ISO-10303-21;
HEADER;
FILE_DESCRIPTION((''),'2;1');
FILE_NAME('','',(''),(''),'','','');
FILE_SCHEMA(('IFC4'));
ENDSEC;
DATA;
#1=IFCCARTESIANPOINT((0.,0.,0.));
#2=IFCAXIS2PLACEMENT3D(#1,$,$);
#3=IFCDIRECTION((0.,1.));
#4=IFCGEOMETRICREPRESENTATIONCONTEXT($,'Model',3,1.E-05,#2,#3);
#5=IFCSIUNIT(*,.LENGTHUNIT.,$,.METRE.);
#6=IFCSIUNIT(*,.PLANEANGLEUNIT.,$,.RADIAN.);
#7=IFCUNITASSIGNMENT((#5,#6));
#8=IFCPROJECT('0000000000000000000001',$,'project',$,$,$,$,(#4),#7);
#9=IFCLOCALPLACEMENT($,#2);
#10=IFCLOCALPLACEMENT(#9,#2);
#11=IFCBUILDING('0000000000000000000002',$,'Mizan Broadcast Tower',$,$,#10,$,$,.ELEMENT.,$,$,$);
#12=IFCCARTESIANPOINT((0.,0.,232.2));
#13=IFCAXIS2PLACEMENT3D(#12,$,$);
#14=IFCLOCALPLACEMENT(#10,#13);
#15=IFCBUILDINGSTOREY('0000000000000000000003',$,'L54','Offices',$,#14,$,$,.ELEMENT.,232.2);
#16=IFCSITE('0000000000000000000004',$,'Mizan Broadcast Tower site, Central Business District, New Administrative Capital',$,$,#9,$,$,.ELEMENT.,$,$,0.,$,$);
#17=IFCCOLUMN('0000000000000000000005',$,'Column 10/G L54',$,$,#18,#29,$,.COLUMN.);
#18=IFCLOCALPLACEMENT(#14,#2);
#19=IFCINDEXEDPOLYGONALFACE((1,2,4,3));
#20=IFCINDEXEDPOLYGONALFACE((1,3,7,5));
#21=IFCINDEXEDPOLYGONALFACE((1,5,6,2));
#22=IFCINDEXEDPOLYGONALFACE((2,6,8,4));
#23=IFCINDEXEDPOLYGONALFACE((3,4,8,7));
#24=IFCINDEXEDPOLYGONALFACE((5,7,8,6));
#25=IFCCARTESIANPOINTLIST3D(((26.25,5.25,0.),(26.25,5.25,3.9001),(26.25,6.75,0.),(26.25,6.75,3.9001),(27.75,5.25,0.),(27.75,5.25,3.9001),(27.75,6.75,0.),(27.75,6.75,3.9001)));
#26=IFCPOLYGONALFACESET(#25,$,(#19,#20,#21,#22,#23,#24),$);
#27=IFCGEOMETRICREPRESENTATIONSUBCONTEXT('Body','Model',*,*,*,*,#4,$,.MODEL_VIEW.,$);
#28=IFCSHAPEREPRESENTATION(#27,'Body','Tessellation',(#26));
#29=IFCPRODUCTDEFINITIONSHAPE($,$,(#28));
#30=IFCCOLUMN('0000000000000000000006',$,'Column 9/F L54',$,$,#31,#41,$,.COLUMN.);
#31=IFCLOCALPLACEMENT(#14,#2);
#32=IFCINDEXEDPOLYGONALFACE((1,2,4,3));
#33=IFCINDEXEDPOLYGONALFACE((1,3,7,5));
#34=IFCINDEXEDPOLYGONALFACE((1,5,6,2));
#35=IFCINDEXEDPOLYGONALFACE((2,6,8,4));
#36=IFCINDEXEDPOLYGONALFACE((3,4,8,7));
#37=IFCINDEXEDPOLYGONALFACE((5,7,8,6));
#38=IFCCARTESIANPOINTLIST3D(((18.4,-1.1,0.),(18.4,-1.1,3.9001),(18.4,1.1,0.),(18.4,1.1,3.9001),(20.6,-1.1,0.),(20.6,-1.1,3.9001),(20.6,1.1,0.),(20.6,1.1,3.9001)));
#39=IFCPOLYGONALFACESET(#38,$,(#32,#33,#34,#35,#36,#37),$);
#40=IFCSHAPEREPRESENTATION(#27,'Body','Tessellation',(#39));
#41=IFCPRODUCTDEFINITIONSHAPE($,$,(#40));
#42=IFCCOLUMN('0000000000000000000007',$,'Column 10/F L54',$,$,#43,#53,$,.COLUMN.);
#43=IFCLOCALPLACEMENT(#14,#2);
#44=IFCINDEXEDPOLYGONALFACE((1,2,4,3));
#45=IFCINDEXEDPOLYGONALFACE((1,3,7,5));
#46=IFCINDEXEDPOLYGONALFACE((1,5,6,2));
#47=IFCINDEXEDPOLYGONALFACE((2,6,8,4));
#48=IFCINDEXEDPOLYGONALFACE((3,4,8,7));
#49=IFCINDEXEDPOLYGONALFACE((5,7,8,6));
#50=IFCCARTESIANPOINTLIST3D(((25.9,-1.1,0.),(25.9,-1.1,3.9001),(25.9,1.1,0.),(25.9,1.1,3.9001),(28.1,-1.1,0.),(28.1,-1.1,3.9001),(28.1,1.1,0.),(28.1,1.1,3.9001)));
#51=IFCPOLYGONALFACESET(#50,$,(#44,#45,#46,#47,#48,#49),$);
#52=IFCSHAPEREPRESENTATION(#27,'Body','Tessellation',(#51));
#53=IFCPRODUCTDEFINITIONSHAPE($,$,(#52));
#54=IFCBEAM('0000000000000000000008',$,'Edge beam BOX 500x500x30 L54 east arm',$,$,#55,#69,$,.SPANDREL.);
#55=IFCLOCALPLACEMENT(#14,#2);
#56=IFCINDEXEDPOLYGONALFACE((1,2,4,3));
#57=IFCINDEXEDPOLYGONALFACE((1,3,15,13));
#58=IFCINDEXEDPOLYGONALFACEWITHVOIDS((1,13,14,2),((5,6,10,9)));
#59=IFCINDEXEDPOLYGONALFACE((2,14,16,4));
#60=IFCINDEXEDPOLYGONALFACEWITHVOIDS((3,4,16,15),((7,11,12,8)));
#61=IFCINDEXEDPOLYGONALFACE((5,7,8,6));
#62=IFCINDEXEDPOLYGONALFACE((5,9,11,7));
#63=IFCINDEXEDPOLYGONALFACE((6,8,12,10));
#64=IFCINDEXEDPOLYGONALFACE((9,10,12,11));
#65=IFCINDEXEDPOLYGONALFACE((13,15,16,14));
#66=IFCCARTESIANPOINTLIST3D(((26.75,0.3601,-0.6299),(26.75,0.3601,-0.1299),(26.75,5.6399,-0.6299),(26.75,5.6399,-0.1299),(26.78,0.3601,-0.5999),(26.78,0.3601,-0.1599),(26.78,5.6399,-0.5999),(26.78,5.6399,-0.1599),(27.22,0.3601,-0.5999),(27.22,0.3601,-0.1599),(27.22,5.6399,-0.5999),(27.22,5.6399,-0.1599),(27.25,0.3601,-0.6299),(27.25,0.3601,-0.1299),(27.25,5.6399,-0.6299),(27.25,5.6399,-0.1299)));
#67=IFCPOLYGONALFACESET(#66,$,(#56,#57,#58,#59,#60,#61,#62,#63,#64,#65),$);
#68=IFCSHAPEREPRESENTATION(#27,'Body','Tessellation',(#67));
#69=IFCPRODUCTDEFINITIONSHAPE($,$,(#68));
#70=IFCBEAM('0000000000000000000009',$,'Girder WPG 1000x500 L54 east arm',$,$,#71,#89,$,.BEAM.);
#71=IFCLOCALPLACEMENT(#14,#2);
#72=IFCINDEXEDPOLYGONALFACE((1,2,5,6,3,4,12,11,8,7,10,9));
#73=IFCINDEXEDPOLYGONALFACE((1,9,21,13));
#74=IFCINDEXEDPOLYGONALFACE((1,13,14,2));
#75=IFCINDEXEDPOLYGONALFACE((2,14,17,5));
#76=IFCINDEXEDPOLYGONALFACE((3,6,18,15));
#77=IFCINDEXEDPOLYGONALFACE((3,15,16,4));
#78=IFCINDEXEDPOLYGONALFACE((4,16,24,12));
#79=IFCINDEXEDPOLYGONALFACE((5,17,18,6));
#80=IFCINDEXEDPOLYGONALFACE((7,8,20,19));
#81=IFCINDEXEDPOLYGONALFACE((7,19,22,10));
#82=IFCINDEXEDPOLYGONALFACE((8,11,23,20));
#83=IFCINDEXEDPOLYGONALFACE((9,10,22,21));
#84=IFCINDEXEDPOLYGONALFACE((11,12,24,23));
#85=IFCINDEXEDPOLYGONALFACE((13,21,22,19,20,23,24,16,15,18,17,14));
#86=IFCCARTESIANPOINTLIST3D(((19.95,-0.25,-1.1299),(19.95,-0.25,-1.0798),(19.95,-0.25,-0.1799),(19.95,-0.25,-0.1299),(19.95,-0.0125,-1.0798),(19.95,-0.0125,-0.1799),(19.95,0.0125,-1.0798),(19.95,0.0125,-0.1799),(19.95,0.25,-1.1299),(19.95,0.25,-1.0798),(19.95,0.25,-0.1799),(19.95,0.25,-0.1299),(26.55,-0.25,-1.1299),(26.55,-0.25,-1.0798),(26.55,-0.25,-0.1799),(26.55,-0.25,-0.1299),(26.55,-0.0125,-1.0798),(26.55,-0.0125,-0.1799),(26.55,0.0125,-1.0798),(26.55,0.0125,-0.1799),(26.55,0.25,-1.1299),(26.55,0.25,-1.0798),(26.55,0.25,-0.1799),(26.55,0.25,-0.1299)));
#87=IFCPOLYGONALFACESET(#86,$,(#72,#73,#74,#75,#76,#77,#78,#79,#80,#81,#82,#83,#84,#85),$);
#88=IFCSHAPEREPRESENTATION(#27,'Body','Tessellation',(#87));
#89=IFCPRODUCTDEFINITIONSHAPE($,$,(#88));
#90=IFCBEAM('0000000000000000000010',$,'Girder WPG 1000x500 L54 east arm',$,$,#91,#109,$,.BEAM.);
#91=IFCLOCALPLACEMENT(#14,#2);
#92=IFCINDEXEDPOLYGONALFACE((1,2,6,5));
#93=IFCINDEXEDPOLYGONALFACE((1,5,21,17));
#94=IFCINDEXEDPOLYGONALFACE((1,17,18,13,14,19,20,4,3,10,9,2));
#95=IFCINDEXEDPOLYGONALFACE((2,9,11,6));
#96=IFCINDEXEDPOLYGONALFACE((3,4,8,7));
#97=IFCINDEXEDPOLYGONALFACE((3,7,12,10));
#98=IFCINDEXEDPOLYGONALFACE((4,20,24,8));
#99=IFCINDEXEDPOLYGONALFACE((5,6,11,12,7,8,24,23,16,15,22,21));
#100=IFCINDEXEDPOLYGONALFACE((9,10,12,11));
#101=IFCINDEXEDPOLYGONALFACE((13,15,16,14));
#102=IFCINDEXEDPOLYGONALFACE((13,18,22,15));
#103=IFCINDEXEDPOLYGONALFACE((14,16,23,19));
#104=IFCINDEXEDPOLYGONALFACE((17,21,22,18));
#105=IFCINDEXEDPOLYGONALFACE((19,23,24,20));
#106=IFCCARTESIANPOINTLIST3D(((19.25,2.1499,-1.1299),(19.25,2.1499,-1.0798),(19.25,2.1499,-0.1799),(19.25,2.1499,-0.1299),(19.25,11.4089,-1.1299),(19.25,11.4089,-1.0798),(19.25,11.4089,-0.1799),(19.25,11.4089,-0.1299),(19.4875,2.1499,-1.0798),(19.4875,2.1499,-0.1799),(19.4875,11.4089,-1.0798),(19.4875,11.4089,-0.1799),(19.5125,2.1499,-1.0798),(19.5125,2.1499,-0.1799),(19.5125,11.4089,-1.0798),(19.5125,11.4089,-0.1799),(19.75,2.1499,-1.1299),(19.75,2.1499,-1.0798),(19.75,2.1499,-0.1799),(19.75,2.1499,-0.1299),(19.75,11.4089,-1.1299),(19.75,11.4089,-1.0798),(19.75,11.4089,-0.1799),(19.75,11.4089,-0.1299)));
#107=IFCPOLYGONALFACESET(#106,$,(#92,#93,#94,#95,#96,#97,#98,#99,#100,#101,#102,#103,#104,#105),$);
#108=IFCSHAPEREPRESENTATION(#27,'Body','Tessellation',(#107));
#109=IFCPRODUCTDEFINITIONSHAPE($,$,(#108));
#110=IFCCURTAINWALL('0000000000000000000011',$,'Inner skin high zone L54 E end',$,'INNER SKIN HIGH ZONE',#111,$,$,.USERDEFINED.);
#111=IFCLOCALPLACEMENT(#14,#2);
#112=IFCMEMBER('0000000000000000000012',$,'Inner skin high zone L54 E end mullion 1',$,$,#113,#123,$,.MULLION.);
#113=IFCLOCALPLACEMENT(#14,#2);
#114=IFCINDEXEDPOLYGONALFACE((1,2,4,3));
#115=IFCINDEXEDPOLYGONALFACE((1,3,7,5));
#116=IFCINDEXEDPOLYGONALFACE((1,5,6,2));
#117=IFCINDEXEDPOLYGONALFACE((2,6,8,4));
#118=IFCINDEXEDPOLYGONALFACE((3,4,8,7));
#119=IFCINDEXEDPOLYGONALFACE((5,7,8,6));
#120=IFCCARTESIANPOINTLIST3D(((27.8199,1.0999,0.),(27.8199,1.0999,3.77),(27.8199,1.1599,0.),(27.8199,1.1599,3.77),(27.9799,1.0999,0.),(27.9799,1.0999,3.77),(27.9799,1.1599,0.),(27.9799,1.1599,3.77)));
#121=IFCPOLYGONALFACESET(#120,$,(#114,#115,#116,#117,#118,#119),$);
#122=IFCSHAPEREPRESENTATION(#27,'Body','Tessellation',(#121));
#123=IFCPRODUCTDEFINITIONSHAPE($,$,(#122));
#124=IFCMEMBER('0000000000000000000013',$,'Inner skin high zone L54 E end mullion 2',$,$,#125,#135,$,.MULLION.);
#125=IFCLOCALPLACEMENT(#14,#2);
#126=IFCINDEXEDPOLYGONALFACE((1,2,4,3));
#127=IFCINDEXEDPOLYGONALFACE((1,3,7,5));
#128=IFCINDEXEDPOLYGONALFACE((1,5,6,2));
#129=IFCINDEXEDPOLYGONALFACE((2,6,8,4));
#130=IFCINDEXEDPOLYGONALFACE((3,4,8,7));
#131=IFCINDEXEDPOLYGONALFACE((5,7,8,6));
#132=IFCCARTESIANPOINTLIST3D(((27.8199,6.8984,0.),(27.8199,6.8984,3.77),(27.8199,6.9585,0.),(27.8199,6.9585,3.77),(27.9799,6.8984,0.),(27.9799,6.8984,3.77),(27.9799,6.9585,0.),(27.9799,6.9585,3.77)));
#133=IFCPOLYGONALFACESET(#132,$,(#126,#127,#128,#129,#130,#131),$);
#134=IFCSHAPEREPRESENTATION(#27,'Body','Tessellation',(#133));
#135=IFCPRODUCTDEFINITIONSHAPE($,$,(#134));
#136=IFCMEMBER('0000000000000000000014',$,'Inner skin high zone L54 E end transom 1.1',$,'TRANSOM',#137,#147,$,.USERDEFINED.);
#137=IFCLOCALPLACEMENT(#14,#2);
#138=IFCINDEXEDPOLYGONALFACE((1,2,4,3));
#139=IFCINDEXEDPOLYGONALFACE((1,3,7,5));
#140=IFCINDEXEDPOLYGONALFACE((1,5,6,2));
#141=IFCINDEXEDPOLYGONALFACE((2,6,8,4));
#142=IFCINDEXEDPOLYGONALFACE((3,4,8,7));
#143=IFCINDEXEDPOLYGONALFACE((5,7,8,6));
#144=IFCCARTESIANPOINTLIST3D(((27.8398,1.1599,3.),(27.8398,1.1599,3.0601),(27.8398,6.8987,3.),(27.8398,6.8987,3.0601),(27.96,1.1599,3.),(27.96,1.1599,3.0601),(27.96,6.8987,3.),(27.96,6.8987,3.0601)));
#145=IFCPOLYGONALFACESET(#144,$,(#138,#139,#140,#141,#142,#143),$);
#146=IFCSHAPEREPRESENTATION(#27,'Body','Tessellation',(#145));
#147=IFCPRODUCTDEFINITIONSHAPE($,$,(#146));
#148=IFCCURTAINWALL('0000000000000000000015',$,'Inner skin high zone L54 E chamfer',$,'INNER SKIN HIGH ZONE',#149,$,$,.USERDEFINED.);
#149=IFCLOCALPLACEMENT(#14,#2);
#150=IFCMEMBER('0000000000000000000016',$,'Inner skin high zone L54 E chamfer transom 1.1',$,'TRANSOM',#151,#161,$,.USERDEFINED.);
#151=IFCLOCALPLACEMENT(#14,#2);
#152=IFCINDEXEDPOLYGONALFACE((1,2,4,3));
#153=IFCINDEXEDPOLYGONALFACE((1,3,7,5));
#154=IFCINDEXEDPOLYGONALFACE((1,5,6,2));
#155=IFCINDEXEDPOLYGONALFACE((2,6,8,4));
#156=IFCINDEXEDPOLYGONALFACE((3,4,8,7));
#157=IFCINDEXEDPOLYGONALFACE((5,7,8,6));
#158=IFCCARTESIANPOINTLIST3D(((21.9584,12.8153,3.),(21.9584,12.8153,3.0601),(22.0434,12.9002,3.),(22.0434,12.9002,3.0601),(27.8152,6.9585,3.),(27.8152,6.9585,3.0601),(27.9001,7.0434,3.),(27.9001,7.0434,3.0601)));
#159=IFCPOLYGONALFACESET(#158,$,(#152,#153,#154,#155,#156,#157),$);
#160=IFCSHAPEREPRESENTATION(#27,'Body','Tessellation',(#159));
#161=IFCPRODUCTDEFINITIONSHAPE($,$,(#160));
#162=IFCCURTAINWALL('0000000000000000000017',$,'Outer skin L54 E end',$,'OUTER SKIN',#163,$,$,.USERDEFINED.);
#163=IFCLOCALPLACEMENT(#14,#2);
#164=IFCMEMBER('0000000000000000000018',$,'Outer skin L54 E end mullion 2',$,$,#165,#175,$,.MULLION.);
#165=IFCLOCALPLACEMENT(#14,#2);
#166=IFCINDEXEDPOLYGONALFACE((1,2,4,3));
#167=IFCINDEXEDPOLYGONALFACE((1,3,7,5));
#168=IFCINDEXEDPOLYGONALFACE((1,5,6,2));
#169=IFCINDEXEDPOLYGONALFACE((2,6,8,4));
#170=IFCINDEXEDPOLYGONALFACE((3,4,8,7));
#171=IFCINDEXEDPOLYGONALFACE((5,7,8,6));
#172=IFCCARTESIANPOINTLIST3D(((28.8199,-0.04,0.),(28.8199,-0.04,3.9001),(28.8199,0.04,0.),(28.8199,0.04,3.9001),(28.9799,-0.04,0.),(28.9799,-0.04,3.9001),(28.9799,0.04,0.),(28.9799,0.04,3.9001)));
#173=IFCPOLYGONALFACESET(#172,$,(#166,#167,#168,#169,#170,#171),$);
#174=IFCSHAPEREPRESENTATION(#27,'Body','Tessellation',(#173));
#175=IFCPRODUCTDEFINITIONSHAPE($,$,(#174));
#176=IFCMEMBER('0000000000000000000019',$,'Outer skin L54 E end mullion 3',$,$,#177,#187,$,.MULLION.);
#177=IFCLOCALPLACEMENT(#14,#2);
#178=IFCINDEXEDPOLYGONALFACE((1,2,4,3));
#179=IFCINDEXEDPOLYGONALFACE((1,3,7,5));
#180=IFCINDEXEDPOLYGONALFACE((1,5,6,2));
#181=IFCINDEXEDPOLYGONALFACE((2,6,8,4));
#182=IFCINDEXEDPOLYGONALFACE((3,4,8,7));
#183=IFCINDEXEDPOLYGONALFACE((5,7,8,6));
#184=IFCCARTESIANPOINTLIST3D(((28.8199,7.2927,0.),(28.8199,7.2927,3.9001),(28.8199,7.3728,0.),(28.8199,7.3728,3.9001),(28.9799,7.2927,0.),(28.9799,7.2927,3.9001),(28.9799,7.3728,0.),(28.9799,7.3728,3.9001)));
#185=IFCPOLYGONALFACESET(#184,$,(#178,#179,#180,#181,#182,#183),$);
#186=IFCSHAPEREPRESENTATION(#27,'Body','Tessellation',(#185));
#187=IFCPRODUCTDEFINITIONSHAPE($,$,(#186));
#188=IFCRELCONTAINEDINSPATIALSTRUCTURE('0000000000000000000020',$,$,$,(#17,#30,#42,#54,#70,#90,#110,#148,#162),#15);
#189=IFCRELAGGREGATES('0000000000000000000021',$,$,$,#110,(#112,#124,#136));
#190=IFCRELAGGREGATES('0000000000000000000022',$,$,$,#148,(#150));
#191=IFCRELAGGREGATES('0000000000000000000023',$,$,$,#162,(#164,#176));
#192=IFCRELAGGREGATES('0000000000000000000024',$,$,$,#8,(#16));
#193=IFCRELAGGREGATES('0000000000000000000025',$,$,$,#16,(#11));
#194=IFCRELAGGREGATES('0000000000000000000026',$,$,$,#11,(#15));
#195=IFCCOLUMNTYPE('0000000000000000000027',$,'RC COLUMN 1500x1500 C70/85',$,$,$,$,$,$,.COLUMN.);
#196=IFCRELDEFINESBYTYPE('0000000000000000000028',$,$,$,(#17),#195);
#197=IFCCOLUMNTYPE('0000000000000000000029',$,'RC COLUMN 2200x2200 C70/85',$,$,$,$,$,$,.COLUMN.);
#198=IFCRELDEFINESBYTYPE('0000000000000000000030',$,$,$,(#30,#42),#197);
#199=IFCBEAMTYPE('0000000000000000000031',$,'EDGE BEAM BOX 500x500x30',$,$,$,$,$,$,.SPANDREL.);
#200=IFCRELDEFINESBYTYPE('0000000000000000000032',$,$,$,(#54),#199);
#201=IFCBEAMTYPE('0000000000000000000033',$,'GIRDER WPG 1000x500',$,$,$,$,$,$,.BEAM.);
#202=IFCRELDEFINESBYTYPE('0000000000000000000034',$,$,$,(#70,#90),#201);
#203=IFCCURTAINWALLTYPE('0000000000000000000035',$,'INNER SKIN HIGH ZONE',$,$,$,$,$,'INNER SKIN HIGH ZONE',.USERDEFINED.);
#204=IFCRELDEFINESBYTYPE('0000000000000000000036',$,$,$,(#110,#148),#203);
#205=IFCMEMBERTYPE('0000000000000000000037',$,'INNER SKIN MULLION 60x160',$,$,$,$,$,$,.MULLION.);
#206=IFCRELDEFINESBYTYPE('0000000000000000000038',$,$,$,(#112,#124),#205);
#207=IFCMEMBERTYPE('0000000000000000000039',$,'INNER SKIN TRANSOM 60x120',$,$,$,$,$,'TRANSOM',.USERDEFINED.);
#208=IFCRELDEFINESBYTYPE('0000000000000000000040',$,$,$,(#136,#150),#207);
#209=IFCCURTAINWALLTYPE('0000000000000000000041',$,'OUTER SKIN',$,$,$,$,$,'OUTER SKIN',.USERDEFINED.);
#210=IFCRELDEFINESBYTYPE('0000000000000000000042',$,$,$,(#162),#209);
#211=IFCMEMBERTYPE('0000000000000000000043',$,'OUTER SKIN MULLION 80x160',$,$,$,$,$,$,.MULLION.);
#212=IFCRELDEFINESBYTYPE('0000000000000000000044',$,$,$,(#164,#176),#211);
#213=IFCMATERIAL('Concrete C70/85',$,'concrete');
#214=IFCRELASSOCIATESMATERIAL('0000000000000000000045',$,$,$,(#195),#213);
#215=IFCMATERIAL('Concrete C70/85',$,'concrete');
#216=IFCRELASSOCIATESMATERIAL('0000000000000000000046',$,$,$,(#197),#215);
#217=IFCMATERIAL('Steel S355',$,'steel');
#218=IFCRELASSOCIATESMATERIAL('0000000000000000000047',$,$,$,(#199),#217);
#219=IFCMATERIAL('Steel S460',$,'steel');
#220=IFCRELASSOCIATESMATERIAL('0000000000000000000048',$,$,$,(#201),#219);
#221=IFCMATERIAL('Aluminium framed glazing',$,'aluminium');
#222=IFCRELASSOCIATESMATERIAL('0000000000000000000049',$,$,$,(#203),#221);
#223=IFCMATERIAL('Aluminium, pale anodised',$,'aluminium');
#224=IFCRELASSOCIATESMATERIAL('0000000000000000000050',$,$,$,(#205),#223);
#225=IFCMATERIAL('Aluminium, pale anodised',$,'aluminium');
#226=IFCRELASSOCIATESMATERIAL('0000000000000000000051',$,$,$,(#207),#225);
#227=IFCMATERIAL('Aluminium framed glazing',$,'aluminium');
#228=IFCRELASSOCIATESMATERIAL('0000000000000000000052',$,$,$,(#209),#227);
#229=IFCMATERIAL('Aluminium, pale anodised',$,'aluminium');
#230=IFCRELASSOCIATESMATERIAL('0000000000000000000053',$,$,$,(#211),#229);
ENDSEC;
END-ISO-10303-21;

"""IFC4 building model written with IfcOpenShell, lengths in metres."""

from ifc_helpers import new_model, si_unit, direction, frame, origin, origin_2d, place, context, subcontext, project, spatial, rectangle, hollow_rectangle, i_section, extrude, material, material_profile, profile_set, type_object, element, aggregate, save


model = new_model("IFC4")

# Units and contexts
model_context = context("Model", 3, precision=1e-05, world=origin(), true_north=direction((0.0, 1.0)))
body_context = subcontext(model_context, "Body", "Model", "MODEL_VIEW")
ifc_project = project(units=[si_unit("LENGTHUNIT", "METRE"), si_unit("PLANEANGLEUNIT", "RADIAN")], contexts=[model_context])

# Site, building, storey
site_placement = place(None, origin())
site = spatial("IfcSite", under=ifc_project, at=site_placement, Name="Mizan Broadcast Tower site, Central Business District, New Administrative Capital", CompositionType="ELEMENT", RefElevation=0.0)
building_placement = place(site_placement, origin())
building = spatial("IfcBuilding", under=site, at=building_placement, Name="Mizan Broadcast Tower", CompositionType="ELEMENT")
storey_placement = place(building_placement, frame((0.0, 0.0, 232.2)))
storey = spatial("IfcBuildingStorey", under=building, at=storey_placement, Name="L54", Description="Offices", CompositionType="ELEMENT", Elevation=232.2)

# Columns
ifc_material_1 = material(Name="Concrete C70/85", Category="concrete")
ifc_material_profile_1 = material_profile(ifc_material_1, rectangle(XDim=1.5, YDim=1.5, at=origin_2d()), Name="RC 1500x1500")
ifc_profile_set_1 = profile_set([ifc_material_profile_1], Name="Concrete C70/85")
column_type_1 = type_object("IfcColumnType", Name="RC COLUMN 1500x1500 C70/85", PredefinedType="COLUMN", material=ifc_profile_set_1)
column_placement = place(storey_placement, frame((27.0, 6.0, 0.0), z_axis=(0.0, 0.0, 1.0), x_axis=(1.0, 0.0, 0.0)))
element("IfcColumn", 1, at=column_placement, inside=storey, type_object=column_type_1, Name="Column 10/G L54", PredefinedType="COLUMN", context=body_context, shape_type="SweptSolid", body=[
    extrude(rectangle(XDim=1.5, YDim=1.5, at=origin_2d()), origin(), (0.0, 0.0, 1.0), 3.9001),
])
ifc_material_2 = material(Name="Concrete C70/85", Category="concrete")
ifc_material_profile_2 = material_profile(ifc_material_2, rectangle(XDim=2.2, YDim=2.2, at=origin_2d()), Name="RC 2200x2200")
ifc_profile_set_2 = profile_set([ifc_material_profile_2], Name="Concrete C70/85")
column_type_2 = type_object("IfcColumnType", Name="RC COLUMN 2200x2200 C70/85", PredefinedType="COLUMN", material=ifc_profile_set_2)
for number, where, z_axis, x_axis, name in (
    (2, (19.5, 0.0, 0.0), (0.0, 0.0, 1.0), (1.0, 0.0, 0.0), "Column 9/F L54"),
    (3, (27.0, 0.0, 0.0), (0.0, 0.0, 1.0), (1.0, 0.0, 0.0), "Column 10/F L54"),
):
    element("IfcColumn", number, at=place(storey_placement, frame(where, z_axis=z_axis, x_axis=x_axis)), inside=storey, type_object=column_type_2, Name=name, PredefinedType="COLUMN", context=body_context, shape_type="SweptSolid", body=[
        extrude(rectangle(XDim=2.2, YDim=2.2, at=origin_2d()), origin(), (0.0, 0.0, 1.0), 3.9001),
    ])

# Beams
ifc_material_3 = material(Name="Steel S355", Category="steel")
ifc_material_profile_3 = material_profile(ifc_material_3, hollow_rectangle(XDim=0.5, YDim=0.5, WallThickness=0.03, at=origin_2d()), Name="BOX 500x500x30")
ifc_profile_set_3 = profile_set([ifc_material_profile_3], Name="Steel S355")
beam_type_1 = type_object("IfcBeamType", Name="EDGE BEAM BOX 500x500x30", PredefinedType="SPANDREL", material=ifc_profile_set_3)
beam_1_placement = place(storey_placement, frame((27.0, 5.6399, -0.3799), z_axis=(0.0, -1.0, 0.0), x_axis=(1.0, 0.0, 0.0)))
element("IfcBeam", 4, at=beam_1_placement, inside=storey, type_object=beam_type_1, Name="Edge beam BOX 500x500x30 L54 east arm", PredefinedType="SPANDREL", context=body_context, shape_type="SweptSolid", body=[
    extrude(hollow_rectangle(XDim=0.5, YDim=0.5, WallThickness=0.03, at=origin_2d()), origin(), (0.0, 0.0, 1.0), 5.2798),
])
ifc_material_4 = material(Name="Steel S460", Category="steel")
ifc_material_profile_4 = material_profile(ifc_material_4, i_section(OverallWidth=0.5, OverallDepth=1.0, WebThickness=0.0249, FlangeThickness=0.05, at=origin_2d()), Name="WPG 1000x500")
ifc_profile_set_4 = profile_set([ifc_material_profile_4], Name="Steel S460")
beam_type_2 = type_object("IfcBeamType", Name="GIRDER WPG 1000x500", PredefinedType="BEAM", material=ifc_profile_set_4)
beam_2_placement = place(storey_placement, frame((19.95, 0.0, -0.6299), z_axis=(1.0, 0.0, 0.0), x_axis=(0.0, 1.0, 0.0)))
element("IfcBeam", 5, at=beam_2_placement, inside=storey, type_object=beam_type_2, Name="Girder WPG 1000x500 L54 east arm", PredefinedType="BEAM", context=body_context, shape_type="SweptSolid", body=[
    extrude(i_section(OverallWidth=0.5, OverallDepth=1.0, WebThickness=0.0249, FlangeThickness=0.05, at=origin_2d()), origin(), (0.0, 0.0, 1.0), 6.6001),
])
beam_3_placement = place(storey_placement, frame((19.5, 11.4089, -0.6299), z_axis=(0.0, -1.0, 0.0), x_axis=(1.0, 0.0, 0.0)))
element("IfcBeam", 6, at=beam_3_placement, inside=storey, type_object=beam_type_2, Name="Girder WPG 1000x500 L54 east arm", PredefinedType="BEAM", context=body_context, shape_type="SweptSolid", body=[
    extrude(i_section(OverallWidth=0.5, OverallDepth=1.0, WebThickness=0.0249, FlangeThickness=0.05, at=origin_2d()), origin(), (0.0, 0.0, 1.0), 9.259),
])

# Curtain wall, members
ifc_material_5 = material(Name="Aluminium framed glazing", Category="aluminium")
curtain_wall_type_1 = type_object("IfcCurtainWallType", Name="INNER SKIN HIGH ZONE", ElementType="INNER SKIN HIGH ZONE", PredefinedType="USERDEFINED", material=ifc_material_5)
curtain_wall_1_placement = place(storey_placement, origin())
curtain_wall_1 = element("IfcCurtainWall", 7, at=curtain_wall_1_placement, inside=storey, type_object=curtain_wall_type_1, Name="Inner skin high zone L54 E end", ObjectType="INNER SKIN HIGH ZONE", PredefinedType="USERDEFINED")
ifc_material_6 = material(Name="Aluminium, pale anodised", Category="aluminium")
ifc_material_profile_5 = material_profile(ifc_material_6, rectangle(XDim=0.1599, YDim=0.0601, at=origin_2d()), Name="MULLION 160x60")
ifc_profile_set_5 = profile_set([ifc_material_profile_5], Name="Aluminium, pale anodised")
member_type_1 = type_object("IfcMemberType", Name="INNER SKIN MULLION 60x160", PredefinedType="MULLION", material=ifc_profile_set_5)
member_1_placement = place(storey_placement, frame((27.8999, 1.1299, 0.0), z_axis=(0.0, 0.0, 1.0), x_axis=(-1.0, 0.0, 0.0)))
member_1 = element("IfcMember", 8, at=member_1_placement, type_object=member_type_1, Name="Inner skin high zone L54 E end mullion 1", PredefinedType="MULLION", context=body_context, shape_type="SweptSolid", body=[
    extrude(rectangle(XDim=0.1599, YDim=0.0601, at=origin_2d()), origin(), (0.0, 0.0, 1.0), 3.77),
])
member_2_placement = place(storey_placement, frame((27.8999, 6.9285, 0.0), z_axis=(0.0, 0.0, 1.0), x_axis=(-1.0, 0.0, 0.0)))
member_2 = element("IfcMember", 9, at=member_2_placement, type_object=member_type_1, Name="Inner skin high zone L54 E end mullion 2", PredefinedType="MULLION", context=body_context, shape_type="SweptSolid", body=[
    extrude(rectangle(XDim=0.1599, YDim=0.0601, at=origin_2d()), origin(), (0.0, 0.0, 1.0), 3.77),
])
ifc_material_7 = material(Name="Aluminium, pale anodised", Category="aluminium")
ifc_material_profile_6 = material_profile(ifc_material_7, rectangle(XDim=0.1201, YDim=0.0601, at=origin_2d()), Name="TRANSOM 120x60")
ifc_profile_set_6 = profile_set([ifc_material_profile_6], Name="Aluminium, pale anodised")
member_type_2 = type_object("IfcMemberType", Name="INNER SKIN TRANSOM 60x120", ElementType="TRANSOM", PredefinedType="USERDEFINED", material=ifc_profile_set_6)
member_3_placement = place(storey_placement, frame((27.8999, 1.1599, 3.03), z_axis=(0.0, 1.0, 0.0), x_axis=(-1.0, 0.0, 0.0)))
member_3 = element("IfcMember", 10, at=member_3_placement, type_object=member_type_2, Name="Inner skin high zone L54 E end transom 1.1", ObjectType="TRANSOM", PredefinedType="USERDEFINED", context=body_context, shape_type="SweptSolid", body=[
    extrude(rectangle(XDim=0.1201, YDim=0.0601, at=origin_2d()), origin(), (0.0, 0.0, 1.0), 5.7388),
])

# Curtain wall, member
curtain_wall_2_placement = place(storey_placement, origin())
curtain_wall_2 = element("IfcCurtainWall", 11, at=curtain_wall_2_placement, inside=storey, type_object=curtain_wall_type_1, Name="Inner skin high zone L54 E chamfer", ObjectType="INNER SKIN HIGH ZONE", PredefinedType="USERDEFINED")
member_4_placement = place(storey_placement, frame((27.8577, 7.001, 3.03), z_axis=(-0.707107, 0.707107, 0.0), x_axis=(-0.707107, -0.707107, 0.0)))
member_4 = element("IfcMember", 12, at=member_4_placement, type_object=member_type_2, Name="Inner skin high zone L54 E chamfer transom 1.1", ObjectType="TRANSOM", PredefinedType="USERDEFINED", context=body_context, shape_type="SweptSolid", body=[
    extrude(rectangle(XDim=0.1201, YDim=0.0601, at=origin_2d()), origin(), (0.0, 0.0, 1.0), 8.2827),
])

# Curtain wall, members
ifc_material_8 = material(Name="Aluminium framed glazing", Category="aluminium")
curtain_wall_type_2 = type_object("IfcCurtainWallType", Name="OUTER SKIN", ElementType="OUTER SKIN", PredefinedType="USERDEFINED", material=ifc_material_8)
curtain_wall_3_placement = place(storey_placement, origin())
curtain_wall_3 = element("IfcCurtainWall", 13, at=curtain_wall_3_placement, inside=storey, type_object=curtain_wall_type_2, Name="Outer skin L54 E end", ObjectType="OUTER SKIN", PredefinedType="USERDEFINED")
ifc_material_9 = material(Name="Aluminium, pale anodised", Category="aluminium")
ifc_material_profile_7 = material_profile(ifc_material_9, rectangle(XDim=0.1599, YDim=0.0801, at=origin_2d()), Name="MULLION 160x80")
ifc_profile_set_7 = profile_set([ifc_material_profile_7], Name="Aluminium, pale anodised")
member_type_3 = type_object("IfcMemberType", Name="OUTER SKIN MULLION 80x160", PredefinedType="MULLION", material=ifc_profile_set_7)
member_5_placement = place(storey_placement, frame((28.8999, 0.0, 0.0), z_axis=(0.0, 0.0, 1.0), x_axis=(-1.0, 0.0, 0.0)))
member_5 = element("IfcMember", 14, at=member_5_placement, type_object=member_type_3, Name="Outer skin L54 E end mullion 2", PredefinedType="MULLION", context=body_context, shape_type="SweptSolid", body=[
    extrude(rectangle(XDim=0.1599, YDim=0.0801, at=origin_2d()), origin(), (0.0, 0.0, 1.0), 3.9001),
])
member_6_placement = place(storey_placement, frame((28.8999, 7.3328, 0.0), z_axis=(0.0, 0.0, 1.0), x_axis=(-1.0, 0.0, 0.0)))
member_6 = element("IfcMember", 15, at=member_6_placement, type_object=member_type_3, Name="Outer skin L54 E end mullion 3", PredefinedType="MULLION", context=body_context, shape_type="SweptSolid", body=[
    extrude(rectangle(XDim=0.1599, YDim=0.0801, at=origin_2d()), origin(), (0.0, 0.0, 1.0), 3.9001),
])

aggregate(curtain_wall_1, [member_1, member_2, member_3])
aggregate(curtain_wall_2, [member_4])
aggregate(curtain_wall_3, [member_5, member_6])

save(model, "model.ifc")
